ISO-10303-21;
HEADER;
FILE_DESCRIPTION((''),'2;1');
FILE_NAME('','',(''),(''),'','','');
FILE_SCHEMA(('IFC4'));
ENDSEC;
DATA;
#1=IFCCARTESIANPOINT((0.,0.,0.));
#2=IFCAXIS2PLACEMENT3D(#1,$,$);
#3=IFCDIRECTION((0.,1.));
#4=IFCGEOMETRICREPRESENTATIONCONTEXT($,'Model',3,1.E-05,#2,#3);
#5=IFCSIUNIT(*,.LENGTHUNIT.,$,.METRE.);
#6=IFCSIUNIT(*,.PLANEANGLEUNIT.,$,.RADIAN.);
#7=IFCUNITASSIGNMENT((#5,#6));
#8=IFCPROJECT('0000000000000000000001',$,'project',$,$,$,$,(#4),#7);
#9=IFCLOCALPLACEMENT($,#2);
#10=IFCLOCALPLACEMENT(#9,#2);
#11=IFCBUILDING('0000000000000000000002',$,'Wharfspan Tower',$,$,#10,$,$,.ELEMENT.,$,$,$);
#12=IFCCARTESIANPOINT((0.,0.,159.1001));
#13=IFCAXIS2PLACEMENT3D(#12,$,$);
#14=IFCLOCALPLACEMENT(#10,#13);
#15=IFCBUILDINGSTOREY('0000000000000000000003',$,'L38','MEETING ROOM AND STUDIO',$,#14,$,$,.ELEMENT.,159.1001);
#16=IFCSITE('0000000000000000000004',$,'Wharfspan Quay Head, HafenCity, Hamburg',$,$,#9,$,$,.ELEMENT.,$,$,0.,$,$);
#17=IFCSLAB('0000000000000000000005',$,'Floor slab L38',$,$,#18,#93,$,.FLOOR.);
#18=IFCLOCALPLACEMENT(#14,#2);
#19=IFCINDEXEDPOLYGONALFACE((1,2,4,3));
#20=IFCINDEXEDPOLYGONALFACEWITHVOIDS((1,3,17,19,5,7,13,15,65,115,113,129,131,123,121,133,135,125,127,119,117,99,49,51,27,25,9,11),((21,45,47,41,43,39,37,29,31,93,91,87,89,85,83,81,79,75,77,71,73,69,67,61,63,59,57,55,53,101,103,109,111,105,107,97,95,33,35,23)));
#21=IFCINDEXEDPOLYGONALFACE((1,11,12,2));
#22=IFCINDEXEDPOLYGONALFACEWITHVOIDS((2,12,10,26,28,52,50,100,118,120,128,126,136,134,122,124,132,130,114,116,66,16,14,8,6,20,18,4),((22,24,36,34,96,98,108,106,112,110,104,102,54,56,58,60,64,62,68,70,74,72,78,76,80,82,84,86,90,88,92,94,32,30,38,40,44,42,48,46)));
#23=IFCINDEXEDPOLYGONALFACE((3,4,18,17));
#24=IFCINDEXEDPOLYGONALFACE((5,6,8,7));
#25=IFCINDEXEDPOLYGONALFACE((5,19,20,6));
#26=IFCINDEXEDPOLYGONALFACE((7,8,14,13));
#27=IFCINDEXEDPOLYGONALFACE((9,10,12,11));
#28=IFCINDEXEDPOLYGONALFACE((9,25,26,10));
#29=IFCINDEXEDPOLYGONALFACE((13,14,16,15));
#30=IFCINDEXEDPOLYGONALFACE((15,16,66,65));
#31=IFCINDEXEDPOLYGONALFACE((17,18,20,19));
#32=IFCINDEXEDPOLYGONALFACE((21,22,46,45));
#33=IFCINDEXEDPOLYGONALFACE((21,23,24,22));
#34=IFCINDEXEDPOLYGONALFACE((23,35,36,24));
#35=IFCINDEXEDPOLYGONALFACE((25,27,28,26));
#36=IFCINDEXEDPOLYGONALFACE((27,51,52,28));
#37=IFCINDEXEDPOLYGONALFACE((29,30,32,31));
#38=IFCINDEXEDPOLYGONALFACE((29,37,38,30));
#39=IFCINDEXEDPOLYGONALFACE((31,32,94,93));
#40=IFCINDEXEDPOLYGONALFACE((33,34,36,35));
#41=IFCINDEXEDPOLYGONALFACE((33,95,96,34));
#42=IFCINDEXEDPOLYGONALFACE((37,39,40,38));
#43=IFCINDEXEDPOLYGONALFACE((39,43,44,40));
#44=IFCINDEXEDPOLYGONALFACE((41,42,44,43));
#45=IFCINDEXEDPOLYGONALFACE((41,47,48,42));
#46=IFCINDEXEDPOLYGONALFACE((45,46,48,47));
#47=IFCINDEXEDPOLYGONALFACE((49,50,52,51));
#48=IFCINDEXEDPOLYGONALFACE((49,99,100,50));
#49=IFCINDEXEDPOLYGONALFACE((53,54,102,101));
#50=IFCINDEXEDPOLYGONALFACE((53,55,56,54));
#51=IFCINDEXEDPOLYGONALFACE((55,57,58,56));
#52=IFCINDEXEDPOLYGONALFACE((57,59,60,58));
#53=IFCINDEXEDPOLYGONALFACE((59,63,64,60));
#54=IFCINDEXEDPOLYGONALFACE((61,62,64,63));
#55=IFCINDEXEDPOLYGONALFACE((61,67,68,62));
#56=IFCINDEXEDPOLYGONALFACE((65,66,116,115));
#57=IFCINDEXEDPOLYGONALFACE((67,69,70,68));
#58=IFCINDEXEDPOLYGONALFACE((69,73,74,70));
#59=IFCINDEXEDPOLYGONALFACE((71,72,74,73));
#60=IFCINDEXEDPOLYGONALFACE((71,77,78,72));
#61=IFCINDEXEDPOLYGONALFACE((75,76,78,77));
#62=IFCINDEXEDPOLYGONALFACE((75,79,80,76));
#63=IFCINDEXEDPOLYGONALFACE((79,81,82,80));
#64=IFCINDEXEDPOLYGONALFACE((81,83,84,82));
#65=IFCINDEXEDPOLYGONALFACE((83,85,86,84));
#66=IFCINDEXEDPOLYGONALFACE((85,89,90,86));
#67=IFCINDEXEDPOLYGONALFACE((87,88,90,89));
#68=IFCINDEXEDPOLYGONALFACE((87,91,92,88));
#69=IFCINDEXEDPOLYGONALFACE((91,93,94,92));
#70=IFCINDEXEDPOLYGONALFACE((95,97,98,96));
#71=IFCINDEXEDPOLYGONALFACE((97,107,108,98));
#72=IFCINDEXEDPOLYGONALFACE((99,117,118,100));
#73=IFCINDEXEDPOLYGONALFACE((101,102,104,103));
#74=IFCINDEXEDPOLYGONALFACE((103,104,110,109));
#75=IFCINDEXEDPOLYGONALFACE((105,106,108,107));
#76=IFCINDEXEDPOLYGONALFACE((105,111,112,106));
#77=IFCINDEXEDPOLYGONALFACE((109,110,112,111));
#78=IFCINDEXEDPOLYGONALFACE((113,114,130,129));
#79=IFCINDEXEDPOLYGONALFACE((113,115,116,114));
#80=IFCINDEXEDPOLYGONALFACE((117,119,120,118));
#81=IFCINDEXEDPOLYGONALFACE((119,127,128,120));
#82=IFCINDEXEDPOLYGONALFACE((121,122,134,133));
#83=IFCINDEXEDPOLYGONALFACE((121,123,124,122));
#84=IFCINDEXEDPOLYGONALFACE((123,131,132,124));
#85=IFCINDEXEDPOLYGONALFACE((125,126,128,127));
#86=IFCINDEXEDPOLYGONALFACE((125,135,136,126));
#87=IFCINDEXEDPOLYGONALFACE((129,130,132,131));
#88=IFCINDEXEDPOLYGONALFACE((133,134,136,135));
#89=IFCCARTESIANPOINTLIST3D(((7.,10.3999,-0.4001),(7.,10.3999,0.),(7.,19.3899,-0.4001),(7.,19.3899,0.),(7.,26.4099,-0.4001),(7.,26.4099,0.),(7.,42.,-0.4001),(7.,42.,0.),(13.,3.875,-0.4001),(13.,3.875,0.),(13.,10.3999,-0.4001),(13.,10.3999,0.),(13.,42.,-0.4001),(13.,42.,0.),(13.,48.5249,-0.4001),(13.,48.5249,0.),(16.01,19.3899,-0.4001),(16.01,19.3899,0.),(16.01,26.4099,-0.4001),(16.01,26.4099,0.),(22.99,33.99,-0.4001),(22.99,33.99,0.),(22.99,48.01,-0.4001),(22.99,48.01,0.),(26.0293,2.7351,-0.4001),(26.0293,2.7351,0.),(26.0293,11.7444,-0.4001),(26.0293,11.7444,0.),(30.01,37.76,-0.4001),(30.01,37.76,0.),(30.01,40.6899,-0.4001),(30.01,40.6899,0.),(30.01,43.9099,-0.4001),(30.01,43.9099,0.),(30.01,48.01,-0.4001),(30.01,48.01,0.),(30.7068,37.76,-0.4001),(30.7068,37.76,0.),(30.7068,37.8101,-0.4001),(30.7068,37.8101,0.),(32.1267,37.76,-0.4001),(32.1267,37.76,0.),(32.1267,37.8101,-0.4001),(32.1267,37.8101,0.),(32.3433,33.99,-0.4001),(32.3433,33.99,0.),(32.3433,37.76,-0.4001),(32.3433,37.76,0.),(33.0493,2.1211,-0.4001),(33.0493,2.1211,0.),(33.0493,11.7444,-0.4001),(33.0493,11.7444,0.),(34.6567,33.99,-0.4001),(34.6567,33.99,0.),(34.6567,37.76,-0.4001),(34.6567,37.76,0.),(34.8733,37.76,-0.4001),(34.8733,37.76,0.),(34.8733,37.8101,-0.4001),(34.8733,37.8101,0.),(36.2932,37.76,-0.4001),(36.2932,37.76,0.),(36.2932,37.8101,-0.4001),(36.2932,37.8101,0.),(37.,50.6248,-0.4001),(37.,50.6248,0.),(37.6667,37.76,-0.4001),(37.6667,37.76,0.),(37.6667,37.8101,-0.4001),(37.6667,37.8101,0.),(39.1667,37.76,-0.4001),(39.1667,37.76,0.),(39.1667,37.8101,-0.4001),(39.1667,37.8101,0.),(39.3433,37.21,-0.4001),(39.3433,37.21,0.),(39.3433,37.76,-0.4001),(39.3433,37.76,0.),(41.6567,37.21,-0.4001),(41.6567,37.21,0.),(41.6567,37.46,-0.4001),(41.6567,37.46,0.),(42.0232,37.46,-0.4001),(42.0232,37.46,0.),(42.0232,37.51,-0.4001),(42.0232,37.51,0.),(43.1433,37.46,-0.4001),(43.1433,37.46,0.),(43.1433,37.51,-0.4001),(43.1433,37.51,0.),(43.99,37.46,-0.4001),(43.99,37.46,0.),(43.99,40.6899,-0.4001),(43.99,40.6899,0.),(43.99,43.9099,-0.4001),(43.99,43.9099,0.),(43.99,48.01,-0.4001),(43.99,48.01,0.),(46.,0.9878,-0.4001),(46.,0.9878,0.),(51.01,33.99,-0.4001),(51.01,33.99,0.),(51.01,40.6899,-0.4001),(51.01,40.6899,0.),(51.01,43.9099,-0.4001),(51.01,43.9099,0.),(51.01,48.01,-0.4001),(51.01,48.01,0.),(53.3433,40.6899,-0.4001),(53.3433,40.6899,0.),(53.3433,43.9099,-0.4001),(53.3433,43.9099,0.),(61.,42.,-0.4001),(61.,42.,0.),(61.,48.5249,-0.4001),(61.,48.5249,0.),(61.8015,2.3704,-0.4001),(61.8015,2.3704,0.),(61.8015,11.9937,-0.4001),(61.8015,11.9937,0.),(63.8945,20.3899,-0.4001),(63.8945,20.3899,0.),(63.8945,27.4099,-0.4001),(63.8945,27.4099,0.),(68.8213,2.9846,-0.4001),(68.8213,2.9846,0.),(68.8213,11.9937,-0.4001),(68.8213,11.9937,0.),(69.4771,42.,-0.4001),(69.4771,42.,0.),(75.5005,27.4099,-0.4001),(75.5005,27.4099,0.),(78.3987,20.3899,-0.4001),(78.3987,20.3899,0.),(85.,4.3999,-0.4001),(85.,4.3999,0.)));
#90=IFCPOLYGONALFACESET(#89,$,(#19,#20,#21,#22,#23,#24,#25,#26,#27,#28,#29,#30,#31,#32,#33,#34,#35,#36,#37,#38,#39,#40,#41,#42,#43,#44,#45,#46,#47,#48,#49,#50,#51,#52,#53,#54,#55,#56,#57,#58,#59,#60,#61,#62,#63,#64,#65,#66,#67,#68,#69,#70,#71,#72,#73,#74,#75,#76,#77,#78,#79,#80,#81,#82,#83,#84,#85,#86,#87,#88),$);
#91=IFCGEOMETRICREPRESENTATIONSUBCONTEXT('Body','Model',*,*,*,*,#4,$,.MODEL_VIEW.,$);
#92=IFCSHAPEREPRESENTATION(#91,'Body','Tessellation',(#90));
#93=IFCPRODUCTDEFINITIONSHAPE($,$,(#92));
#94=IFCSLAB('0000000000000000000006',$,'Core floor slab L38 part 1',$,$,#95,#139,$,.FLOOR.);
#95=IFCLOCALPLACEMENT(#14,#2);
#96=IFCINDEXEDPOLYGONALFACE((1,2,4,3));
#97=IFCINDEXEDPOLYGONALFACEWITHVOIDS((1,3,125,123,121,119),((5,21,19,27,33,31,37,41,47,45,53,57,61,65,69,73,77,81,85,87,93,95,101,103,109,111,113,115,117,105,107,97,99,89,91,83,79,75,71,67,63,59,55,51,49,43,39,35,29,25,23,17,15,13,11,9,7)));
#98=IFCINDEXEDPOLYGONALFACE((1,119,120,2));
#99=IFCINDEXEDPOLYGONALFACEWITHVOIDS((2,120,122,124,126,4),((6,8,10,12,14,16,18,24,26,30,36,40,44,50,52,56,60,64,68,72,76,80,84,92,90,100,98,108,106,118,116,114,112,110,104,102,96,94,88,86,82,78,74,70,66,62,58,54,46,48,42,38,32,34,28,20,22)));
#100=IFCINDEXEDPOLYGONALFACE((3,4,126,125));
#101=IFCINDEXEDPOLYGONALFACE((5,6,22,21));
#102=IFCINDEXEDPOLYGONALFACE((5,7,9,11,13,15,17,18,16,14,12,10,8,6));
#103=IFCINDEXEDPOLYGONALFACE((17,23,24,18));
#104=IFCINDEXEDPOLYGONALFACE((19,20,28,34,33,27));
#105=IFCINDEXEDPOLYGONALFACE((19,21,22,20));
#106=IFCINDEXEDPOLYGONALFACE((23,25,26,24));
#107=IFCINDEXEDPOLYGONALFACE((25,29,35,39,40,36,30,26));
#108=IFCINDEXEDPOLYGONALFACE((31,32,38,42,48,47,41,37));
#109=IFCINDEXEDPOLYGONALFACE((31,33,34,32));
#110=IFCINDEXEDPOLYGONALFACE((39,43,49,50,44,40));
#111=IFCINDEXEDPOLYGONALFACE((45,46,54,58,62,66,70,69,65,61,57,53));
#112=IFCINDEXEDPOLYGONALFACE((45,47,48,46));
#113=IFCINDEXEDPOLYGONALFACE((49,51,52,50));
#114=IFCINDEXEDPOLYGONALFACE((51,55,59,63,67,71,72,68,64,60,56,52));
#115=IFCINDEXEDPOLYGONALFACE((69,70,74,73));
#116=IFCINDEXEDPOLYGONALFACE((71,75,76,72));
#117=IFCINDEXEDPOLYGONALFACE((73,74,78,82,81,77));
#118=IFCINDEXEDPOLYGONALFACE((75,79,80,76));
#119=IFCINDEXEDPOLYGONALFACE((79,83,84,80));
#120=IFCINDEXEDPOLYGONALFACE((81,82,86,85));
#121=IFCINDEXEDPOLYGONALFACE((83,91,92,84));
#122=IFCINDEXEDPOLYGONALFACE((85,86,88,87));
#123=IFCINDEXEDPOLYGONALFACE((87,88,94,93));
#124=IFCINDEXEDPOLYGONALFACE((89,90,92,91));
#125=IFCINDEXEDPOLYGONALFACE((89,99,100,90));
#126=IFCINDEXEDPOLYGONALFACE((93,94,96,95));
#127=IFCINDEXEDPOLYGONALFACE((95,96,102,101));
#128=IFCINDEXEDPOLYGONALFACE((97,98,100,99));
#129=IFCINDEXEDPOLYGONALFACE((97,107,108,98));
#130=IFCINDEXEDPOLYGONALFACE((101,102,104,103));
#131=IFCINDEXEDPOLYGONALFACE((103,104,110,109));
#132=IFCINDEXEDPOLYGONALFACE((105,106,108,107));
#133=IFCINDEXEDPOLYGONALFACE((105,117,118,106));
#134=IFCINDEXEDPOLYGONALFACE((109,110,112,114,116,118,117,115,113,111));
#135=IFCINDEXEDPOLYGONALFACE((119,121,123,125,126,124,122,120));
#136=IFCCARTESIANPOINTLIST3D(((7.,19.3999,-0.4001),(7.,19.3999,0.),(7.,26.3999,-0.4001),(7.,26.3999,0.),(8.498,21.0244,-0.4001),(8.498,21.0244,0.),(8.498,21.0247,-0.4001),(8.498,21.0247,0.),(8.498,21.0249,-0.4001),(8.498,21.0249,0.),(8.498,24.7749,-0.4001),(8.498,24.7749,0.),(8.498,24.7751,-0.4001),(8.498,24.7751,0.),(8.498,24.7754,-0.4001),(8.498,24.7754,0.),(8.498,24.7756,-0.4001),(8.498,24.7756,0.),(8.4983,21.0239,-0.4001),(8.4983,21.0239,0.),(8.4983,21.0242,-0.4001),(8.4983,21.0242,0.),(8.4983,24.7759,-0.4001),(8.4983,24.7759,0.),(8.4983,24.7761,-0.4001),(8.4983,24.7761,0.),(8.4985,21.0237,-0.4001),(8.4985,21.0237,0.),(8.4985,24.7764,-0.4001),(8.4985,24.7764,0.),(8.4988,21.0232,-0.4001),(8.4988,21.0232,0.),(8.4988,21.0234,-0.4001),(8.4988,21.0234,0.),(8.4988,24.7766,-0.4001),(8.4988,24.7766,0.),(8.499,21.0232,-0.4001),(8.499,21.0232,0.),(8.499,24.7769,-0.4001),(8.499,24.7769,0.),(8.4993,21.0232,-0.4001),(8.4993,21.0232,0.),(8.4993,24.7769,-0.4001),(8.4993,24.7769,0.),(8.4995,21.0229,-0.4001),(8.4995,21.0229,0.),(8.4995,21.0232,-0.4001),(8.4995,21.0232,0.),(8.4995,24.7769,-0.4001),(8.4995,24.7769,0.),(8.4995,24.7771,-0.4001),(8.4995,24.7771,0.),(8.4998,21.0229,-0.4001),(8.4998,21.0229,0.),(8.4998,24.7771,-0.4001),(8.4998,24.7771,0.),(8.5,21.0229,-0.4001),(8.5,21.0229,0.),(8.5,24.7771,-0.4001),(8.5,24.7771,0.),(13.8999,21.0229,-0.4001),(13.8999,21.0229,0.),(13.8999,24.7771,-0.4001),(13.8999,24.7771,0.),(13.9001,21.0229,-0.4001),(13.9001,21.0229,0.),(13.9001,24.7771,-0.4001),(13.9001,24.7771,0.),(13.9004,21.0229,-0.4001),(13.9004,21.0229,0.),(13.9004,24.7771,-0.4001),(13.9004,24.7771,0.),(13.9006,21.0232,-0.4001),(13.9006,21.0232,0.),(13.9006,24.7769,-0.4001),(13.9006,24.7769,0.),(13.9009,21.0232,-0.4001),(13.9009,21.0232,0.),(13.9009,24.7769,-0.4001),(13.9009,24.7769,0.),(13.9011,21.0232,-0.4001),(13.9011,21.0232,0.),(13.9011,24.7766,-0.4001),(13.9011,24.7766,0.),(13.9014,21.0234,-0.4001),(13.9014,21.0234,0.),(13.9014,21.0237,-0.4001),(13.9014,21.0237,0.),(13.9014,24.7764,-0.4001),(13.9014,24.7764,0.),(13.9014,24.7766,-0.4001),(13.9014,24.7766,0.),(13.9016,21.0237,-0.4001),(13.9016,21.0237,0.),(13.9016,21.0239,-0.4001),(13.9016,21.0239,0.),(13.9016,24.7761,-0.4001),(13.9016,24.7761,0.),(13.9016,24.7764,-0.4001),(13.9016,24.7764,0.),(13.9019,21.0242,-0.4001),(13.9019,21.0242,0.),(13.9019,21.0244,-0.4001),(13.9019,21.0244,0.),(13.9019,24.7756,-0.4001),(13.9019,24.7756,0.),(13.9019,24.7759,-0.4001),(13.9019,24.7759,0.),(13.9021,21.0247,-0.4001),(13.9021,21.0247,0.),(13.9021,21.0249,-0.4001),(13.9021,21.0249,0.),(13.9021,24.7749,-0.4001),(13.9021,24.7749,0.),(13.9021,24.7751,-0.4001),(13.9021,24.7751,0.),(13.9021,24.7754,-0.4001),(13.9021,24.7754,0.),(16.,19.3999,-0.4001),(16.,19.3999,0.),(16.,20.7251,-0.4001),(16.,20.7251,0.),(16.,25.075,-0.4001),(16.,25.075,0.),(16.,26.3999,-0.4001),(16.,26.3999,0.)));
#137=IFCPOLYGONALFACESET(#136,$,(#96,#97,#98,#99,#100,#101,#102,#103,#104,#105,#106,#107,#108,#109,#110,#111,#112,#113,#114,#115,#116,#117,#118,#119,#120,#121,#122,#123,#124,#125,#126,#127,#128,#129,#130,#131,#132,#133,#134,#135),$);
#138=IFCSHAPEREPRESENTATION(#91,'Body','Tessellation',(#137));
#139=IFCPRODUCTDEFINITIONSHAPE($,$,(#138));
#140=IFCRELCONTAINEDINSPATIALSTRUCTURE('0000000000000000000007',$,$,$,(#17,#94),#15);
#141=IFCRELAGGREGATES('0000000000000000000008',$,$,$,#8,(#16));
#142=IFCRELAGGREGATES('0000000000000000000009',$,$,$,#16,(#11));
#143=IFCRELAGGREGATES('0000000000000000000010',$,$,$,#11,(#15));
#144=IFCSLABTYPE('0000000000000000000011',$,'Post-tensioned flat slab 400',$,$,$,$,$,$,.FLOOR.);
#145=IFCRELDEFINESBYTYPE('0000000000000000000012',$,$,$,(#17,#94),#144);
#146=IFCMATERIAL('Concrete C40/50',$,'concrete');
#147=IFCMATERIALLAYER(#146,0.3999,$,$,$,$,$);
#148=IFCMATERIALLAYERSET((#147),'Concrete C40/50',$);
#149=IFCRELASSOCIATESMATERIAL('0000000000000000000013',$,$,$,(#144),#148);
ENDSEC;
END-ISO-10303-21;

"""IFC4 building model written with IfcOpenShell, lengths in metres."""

from ifc_helpers import new_model, si_unit, direction, frame, origin, place, context, subcontext, project, spatial, polyline, outline, extrude, material, layer, layer_set, type_object, element, save


model = new_model("IFC4")

# Units and contexts
model_context = context("Model", 3, precision=1e-05, world=origin(), true_north=direction((0.0, 1.0)))
body_context = subcontext(model_context, "Body", "Model", "MODEL_VIEW")
ifc_project = project(units=[si_unit("LENGTHUNIT", "METRE"), si_unit("PLANEANGLEUNIT", "RADIAN")], contexts=[model_context])

# Site, building, storey
site_placement = place(None, origin())
site = spatial("IfcSite", under=ifc_project, at=site_placement, Name="Wharfspan Quay Head, HafenCity, Hamburg", CompositionType="ELEMENT", RefElevation=0.0)
building_placement = place(site_placement, origin())
building = spatial("IfcBuilding", under=site, at=building_placement, Name="Wharfspan Tower", CompositionType="ELEMENT")
storey_placement = place(building_placement, frame((0.0, 0.0, 159.1001)))
storey = spatial("IfcBuildingStorey", under=building, at=storey_placement, Name="L38", Description="MEETING ROOM AND STUDIO", CompositionType="ELEMENT", Elevation=159.1001)

# Slabs
ifc_material_1 = material(Name="Concrete C40/50", Category="concrete")
ifc_layer_1 = layer(ifc_material_1, 0.3999)
ifc_layer_set_1 = layer_set([ifc_layer_1], Name="Concrete C40/50")
slab_type_1 = type_object("IfcSlabType", Name="Post-tensioned flat slab 400", PredefinedType="FLOOR", material=ifc_layer_set_1)
slab_1_placement = place(storey_placement, frame((0.0, 0.0, -0.4001)))
element("IfcSlab", 1, at=slab_1_placement, inside=storey, type_object=slab_type_1, Name="Floor slab L38", PredefinedType="FLOOR", context=body_context, shape_type="SweptSolid", body=[
    extrude(outline(polyline([(26.0293, 2.7351), (26.0293, 11.7444), (33.0493, 11.7444), (33.0493, 2.1211), (46.0, 0.9878), (61.8015, 2.3704), (61.8015, 11.9937), (68.8213, 11.9937), (68.8213, 2.9846), (85.0, 4.3999), (78.3987, 20.3899), (63.8945, 20.3899), (63.8945, 27.4099), (75.5005, 27.4099), (69.4771, 42.0), (61.0, 42.0), (61.0, 48.5249), (37.0, 50.6248), (13.0, 48.5249), (13.0, 42.0), (7.0, 42.0), (7.0, 26.4099), (16.01, 26.4099), (16.01, 19.3899), (7.0, 19.3899), (7.0, 10.3999), (13.0, 10.3999), (13.0, 3.875), (26.0293, 2.7351)]), holes=[polyline([(32.1267, 37.76), (32.3433, 37.76), (32.3433, 33.99), (22.99, 33.99), (22.99, 48.01), (30.01, 48.01), (30.01, 43.9099), (43.99, 43.9099), (43.99, 48.01), (51.01, 48.01), (51.01, 43.9099), (53.3433, 43.9099), (53.3433, 40.6899), (51.01, 40.6899), (51.01, 33.99), (34.6567, 33.99), (34.6567, 37.76), (34.8733, 37.76), (34.8733, 37.8101), (36.2932, 37.8101), (36.2932, 37.76), (37.6667, 37.76), (37.6667, 37.8101), (39.1667, 37.8101), (39.1667, 37.76), (39.3433, 37.76), (39.3433, 37.21), (41.6567, 37.21), (41.6567, 37.46), (42.0232, 37.46), (42.0232, 37.51), (43.1433, 37.51), (43.1433, 37.46), (43.99, 37.46), (43.99, 40.6899), (30.01, 40.6899), (30.01, 37.76), (30.7068, 37.76), (30.7068, 37.8101), (32.1267, 37.8101), (32.1267, 37.76)])]), origin(), (0.0, 0.0, 1.0), 0.4001),
])
slab_2_placement = place(storey_placement, frame((0.0, 0.0, -0.4001)))
element("IfcSlab", 2, at=slab_2_placement, inside=storey, type_object=slab_type_1, Name="Core floor slab L38 part 1", PredefinedType="FLOOR", context=body_context, shape_type="SweptSolid", body=[
    extrude(outline(polyline([(16.0, 20.7251), (16.0, 25.075), (16.0, 26.3999), (7.0, 26.3999), (7.0, 19.3999), (16.0, 19.3999), (16.0, 20.7251)]), holes=[polyline([(13.8999, 24.7771), (13.9001, 24.7771), (13.9004, 24.7771), (13.9006, 24.7769), (13.9009, 24.7769), (13.9009, 24.7769), (13.9011, 24.7766), (13.9014, 24.7766), (13.9014, 24.7764), (13.9016, 24.7764), (13.9016, 24.7761), (13.9019, 24.7759), (13.9019, 24.7759), (13.9019, 24.7756), (13.9021, 24.7754), (13.9021, 24.7751), (13.9021, 24.7749), (13.9021, 21.0249), (13.9021, 21.0249), (13.9021, 21.0247), (13.9019, 21.0244), (13.9019, 21.0242), (13.9019, 21.0242), (13.9016, 21.0239), (13.9016, 21.0237), (13.9014, 21.0237), (13.9014, 21.0234), (13.9011, 21.0232), (13.9009, 21.0232), (13.9009, 21.0232), (13.9006, 21.0232), (13.9004, 21.0229), (13.9001, 21.0229), (13.8999, 21.0229), (8.5, 21.0229), (8.4998, 21.0229), (8.4995, 21.0229), (8.4995, 21.0232), (8.4993, 21.0232), (8.499, 21.0232), (8.4988, 21.0232), (8.4988, 21.0234), (8.4985, 21.0237), (8.4985, 21.0237), (8.4983, 21.0239), (8.4983, 21.0242), (8.4983, 21.0242), (8.498, 21.0244), (8.498, 21.0247), (8.498, 21.0249), (8.498, 21.0249), (8.498, 24.7749), (8.498, 24.7751), (8.498, 24.7754), (8.498, 24.7756), (8.4983, 24.7759), (8.4983, 24.7759), (8.4983, 24.7761), (8.4985, 24.7764), (8.4985, 24.7764), (8.4988, 24.7766), (8.4988, 24.7766), (8.499, 24.7769), (8.4993, 24.7769), (8.4995, 24.7769), (8.4995, 24.7771), (8.4998, 24.7771), (8.5, 24.7771), (13.8999, 24.7771)])]), origin(), (0.0, 0.0, 1.0), 0.4001),
])

save(model, "model.ifc")
